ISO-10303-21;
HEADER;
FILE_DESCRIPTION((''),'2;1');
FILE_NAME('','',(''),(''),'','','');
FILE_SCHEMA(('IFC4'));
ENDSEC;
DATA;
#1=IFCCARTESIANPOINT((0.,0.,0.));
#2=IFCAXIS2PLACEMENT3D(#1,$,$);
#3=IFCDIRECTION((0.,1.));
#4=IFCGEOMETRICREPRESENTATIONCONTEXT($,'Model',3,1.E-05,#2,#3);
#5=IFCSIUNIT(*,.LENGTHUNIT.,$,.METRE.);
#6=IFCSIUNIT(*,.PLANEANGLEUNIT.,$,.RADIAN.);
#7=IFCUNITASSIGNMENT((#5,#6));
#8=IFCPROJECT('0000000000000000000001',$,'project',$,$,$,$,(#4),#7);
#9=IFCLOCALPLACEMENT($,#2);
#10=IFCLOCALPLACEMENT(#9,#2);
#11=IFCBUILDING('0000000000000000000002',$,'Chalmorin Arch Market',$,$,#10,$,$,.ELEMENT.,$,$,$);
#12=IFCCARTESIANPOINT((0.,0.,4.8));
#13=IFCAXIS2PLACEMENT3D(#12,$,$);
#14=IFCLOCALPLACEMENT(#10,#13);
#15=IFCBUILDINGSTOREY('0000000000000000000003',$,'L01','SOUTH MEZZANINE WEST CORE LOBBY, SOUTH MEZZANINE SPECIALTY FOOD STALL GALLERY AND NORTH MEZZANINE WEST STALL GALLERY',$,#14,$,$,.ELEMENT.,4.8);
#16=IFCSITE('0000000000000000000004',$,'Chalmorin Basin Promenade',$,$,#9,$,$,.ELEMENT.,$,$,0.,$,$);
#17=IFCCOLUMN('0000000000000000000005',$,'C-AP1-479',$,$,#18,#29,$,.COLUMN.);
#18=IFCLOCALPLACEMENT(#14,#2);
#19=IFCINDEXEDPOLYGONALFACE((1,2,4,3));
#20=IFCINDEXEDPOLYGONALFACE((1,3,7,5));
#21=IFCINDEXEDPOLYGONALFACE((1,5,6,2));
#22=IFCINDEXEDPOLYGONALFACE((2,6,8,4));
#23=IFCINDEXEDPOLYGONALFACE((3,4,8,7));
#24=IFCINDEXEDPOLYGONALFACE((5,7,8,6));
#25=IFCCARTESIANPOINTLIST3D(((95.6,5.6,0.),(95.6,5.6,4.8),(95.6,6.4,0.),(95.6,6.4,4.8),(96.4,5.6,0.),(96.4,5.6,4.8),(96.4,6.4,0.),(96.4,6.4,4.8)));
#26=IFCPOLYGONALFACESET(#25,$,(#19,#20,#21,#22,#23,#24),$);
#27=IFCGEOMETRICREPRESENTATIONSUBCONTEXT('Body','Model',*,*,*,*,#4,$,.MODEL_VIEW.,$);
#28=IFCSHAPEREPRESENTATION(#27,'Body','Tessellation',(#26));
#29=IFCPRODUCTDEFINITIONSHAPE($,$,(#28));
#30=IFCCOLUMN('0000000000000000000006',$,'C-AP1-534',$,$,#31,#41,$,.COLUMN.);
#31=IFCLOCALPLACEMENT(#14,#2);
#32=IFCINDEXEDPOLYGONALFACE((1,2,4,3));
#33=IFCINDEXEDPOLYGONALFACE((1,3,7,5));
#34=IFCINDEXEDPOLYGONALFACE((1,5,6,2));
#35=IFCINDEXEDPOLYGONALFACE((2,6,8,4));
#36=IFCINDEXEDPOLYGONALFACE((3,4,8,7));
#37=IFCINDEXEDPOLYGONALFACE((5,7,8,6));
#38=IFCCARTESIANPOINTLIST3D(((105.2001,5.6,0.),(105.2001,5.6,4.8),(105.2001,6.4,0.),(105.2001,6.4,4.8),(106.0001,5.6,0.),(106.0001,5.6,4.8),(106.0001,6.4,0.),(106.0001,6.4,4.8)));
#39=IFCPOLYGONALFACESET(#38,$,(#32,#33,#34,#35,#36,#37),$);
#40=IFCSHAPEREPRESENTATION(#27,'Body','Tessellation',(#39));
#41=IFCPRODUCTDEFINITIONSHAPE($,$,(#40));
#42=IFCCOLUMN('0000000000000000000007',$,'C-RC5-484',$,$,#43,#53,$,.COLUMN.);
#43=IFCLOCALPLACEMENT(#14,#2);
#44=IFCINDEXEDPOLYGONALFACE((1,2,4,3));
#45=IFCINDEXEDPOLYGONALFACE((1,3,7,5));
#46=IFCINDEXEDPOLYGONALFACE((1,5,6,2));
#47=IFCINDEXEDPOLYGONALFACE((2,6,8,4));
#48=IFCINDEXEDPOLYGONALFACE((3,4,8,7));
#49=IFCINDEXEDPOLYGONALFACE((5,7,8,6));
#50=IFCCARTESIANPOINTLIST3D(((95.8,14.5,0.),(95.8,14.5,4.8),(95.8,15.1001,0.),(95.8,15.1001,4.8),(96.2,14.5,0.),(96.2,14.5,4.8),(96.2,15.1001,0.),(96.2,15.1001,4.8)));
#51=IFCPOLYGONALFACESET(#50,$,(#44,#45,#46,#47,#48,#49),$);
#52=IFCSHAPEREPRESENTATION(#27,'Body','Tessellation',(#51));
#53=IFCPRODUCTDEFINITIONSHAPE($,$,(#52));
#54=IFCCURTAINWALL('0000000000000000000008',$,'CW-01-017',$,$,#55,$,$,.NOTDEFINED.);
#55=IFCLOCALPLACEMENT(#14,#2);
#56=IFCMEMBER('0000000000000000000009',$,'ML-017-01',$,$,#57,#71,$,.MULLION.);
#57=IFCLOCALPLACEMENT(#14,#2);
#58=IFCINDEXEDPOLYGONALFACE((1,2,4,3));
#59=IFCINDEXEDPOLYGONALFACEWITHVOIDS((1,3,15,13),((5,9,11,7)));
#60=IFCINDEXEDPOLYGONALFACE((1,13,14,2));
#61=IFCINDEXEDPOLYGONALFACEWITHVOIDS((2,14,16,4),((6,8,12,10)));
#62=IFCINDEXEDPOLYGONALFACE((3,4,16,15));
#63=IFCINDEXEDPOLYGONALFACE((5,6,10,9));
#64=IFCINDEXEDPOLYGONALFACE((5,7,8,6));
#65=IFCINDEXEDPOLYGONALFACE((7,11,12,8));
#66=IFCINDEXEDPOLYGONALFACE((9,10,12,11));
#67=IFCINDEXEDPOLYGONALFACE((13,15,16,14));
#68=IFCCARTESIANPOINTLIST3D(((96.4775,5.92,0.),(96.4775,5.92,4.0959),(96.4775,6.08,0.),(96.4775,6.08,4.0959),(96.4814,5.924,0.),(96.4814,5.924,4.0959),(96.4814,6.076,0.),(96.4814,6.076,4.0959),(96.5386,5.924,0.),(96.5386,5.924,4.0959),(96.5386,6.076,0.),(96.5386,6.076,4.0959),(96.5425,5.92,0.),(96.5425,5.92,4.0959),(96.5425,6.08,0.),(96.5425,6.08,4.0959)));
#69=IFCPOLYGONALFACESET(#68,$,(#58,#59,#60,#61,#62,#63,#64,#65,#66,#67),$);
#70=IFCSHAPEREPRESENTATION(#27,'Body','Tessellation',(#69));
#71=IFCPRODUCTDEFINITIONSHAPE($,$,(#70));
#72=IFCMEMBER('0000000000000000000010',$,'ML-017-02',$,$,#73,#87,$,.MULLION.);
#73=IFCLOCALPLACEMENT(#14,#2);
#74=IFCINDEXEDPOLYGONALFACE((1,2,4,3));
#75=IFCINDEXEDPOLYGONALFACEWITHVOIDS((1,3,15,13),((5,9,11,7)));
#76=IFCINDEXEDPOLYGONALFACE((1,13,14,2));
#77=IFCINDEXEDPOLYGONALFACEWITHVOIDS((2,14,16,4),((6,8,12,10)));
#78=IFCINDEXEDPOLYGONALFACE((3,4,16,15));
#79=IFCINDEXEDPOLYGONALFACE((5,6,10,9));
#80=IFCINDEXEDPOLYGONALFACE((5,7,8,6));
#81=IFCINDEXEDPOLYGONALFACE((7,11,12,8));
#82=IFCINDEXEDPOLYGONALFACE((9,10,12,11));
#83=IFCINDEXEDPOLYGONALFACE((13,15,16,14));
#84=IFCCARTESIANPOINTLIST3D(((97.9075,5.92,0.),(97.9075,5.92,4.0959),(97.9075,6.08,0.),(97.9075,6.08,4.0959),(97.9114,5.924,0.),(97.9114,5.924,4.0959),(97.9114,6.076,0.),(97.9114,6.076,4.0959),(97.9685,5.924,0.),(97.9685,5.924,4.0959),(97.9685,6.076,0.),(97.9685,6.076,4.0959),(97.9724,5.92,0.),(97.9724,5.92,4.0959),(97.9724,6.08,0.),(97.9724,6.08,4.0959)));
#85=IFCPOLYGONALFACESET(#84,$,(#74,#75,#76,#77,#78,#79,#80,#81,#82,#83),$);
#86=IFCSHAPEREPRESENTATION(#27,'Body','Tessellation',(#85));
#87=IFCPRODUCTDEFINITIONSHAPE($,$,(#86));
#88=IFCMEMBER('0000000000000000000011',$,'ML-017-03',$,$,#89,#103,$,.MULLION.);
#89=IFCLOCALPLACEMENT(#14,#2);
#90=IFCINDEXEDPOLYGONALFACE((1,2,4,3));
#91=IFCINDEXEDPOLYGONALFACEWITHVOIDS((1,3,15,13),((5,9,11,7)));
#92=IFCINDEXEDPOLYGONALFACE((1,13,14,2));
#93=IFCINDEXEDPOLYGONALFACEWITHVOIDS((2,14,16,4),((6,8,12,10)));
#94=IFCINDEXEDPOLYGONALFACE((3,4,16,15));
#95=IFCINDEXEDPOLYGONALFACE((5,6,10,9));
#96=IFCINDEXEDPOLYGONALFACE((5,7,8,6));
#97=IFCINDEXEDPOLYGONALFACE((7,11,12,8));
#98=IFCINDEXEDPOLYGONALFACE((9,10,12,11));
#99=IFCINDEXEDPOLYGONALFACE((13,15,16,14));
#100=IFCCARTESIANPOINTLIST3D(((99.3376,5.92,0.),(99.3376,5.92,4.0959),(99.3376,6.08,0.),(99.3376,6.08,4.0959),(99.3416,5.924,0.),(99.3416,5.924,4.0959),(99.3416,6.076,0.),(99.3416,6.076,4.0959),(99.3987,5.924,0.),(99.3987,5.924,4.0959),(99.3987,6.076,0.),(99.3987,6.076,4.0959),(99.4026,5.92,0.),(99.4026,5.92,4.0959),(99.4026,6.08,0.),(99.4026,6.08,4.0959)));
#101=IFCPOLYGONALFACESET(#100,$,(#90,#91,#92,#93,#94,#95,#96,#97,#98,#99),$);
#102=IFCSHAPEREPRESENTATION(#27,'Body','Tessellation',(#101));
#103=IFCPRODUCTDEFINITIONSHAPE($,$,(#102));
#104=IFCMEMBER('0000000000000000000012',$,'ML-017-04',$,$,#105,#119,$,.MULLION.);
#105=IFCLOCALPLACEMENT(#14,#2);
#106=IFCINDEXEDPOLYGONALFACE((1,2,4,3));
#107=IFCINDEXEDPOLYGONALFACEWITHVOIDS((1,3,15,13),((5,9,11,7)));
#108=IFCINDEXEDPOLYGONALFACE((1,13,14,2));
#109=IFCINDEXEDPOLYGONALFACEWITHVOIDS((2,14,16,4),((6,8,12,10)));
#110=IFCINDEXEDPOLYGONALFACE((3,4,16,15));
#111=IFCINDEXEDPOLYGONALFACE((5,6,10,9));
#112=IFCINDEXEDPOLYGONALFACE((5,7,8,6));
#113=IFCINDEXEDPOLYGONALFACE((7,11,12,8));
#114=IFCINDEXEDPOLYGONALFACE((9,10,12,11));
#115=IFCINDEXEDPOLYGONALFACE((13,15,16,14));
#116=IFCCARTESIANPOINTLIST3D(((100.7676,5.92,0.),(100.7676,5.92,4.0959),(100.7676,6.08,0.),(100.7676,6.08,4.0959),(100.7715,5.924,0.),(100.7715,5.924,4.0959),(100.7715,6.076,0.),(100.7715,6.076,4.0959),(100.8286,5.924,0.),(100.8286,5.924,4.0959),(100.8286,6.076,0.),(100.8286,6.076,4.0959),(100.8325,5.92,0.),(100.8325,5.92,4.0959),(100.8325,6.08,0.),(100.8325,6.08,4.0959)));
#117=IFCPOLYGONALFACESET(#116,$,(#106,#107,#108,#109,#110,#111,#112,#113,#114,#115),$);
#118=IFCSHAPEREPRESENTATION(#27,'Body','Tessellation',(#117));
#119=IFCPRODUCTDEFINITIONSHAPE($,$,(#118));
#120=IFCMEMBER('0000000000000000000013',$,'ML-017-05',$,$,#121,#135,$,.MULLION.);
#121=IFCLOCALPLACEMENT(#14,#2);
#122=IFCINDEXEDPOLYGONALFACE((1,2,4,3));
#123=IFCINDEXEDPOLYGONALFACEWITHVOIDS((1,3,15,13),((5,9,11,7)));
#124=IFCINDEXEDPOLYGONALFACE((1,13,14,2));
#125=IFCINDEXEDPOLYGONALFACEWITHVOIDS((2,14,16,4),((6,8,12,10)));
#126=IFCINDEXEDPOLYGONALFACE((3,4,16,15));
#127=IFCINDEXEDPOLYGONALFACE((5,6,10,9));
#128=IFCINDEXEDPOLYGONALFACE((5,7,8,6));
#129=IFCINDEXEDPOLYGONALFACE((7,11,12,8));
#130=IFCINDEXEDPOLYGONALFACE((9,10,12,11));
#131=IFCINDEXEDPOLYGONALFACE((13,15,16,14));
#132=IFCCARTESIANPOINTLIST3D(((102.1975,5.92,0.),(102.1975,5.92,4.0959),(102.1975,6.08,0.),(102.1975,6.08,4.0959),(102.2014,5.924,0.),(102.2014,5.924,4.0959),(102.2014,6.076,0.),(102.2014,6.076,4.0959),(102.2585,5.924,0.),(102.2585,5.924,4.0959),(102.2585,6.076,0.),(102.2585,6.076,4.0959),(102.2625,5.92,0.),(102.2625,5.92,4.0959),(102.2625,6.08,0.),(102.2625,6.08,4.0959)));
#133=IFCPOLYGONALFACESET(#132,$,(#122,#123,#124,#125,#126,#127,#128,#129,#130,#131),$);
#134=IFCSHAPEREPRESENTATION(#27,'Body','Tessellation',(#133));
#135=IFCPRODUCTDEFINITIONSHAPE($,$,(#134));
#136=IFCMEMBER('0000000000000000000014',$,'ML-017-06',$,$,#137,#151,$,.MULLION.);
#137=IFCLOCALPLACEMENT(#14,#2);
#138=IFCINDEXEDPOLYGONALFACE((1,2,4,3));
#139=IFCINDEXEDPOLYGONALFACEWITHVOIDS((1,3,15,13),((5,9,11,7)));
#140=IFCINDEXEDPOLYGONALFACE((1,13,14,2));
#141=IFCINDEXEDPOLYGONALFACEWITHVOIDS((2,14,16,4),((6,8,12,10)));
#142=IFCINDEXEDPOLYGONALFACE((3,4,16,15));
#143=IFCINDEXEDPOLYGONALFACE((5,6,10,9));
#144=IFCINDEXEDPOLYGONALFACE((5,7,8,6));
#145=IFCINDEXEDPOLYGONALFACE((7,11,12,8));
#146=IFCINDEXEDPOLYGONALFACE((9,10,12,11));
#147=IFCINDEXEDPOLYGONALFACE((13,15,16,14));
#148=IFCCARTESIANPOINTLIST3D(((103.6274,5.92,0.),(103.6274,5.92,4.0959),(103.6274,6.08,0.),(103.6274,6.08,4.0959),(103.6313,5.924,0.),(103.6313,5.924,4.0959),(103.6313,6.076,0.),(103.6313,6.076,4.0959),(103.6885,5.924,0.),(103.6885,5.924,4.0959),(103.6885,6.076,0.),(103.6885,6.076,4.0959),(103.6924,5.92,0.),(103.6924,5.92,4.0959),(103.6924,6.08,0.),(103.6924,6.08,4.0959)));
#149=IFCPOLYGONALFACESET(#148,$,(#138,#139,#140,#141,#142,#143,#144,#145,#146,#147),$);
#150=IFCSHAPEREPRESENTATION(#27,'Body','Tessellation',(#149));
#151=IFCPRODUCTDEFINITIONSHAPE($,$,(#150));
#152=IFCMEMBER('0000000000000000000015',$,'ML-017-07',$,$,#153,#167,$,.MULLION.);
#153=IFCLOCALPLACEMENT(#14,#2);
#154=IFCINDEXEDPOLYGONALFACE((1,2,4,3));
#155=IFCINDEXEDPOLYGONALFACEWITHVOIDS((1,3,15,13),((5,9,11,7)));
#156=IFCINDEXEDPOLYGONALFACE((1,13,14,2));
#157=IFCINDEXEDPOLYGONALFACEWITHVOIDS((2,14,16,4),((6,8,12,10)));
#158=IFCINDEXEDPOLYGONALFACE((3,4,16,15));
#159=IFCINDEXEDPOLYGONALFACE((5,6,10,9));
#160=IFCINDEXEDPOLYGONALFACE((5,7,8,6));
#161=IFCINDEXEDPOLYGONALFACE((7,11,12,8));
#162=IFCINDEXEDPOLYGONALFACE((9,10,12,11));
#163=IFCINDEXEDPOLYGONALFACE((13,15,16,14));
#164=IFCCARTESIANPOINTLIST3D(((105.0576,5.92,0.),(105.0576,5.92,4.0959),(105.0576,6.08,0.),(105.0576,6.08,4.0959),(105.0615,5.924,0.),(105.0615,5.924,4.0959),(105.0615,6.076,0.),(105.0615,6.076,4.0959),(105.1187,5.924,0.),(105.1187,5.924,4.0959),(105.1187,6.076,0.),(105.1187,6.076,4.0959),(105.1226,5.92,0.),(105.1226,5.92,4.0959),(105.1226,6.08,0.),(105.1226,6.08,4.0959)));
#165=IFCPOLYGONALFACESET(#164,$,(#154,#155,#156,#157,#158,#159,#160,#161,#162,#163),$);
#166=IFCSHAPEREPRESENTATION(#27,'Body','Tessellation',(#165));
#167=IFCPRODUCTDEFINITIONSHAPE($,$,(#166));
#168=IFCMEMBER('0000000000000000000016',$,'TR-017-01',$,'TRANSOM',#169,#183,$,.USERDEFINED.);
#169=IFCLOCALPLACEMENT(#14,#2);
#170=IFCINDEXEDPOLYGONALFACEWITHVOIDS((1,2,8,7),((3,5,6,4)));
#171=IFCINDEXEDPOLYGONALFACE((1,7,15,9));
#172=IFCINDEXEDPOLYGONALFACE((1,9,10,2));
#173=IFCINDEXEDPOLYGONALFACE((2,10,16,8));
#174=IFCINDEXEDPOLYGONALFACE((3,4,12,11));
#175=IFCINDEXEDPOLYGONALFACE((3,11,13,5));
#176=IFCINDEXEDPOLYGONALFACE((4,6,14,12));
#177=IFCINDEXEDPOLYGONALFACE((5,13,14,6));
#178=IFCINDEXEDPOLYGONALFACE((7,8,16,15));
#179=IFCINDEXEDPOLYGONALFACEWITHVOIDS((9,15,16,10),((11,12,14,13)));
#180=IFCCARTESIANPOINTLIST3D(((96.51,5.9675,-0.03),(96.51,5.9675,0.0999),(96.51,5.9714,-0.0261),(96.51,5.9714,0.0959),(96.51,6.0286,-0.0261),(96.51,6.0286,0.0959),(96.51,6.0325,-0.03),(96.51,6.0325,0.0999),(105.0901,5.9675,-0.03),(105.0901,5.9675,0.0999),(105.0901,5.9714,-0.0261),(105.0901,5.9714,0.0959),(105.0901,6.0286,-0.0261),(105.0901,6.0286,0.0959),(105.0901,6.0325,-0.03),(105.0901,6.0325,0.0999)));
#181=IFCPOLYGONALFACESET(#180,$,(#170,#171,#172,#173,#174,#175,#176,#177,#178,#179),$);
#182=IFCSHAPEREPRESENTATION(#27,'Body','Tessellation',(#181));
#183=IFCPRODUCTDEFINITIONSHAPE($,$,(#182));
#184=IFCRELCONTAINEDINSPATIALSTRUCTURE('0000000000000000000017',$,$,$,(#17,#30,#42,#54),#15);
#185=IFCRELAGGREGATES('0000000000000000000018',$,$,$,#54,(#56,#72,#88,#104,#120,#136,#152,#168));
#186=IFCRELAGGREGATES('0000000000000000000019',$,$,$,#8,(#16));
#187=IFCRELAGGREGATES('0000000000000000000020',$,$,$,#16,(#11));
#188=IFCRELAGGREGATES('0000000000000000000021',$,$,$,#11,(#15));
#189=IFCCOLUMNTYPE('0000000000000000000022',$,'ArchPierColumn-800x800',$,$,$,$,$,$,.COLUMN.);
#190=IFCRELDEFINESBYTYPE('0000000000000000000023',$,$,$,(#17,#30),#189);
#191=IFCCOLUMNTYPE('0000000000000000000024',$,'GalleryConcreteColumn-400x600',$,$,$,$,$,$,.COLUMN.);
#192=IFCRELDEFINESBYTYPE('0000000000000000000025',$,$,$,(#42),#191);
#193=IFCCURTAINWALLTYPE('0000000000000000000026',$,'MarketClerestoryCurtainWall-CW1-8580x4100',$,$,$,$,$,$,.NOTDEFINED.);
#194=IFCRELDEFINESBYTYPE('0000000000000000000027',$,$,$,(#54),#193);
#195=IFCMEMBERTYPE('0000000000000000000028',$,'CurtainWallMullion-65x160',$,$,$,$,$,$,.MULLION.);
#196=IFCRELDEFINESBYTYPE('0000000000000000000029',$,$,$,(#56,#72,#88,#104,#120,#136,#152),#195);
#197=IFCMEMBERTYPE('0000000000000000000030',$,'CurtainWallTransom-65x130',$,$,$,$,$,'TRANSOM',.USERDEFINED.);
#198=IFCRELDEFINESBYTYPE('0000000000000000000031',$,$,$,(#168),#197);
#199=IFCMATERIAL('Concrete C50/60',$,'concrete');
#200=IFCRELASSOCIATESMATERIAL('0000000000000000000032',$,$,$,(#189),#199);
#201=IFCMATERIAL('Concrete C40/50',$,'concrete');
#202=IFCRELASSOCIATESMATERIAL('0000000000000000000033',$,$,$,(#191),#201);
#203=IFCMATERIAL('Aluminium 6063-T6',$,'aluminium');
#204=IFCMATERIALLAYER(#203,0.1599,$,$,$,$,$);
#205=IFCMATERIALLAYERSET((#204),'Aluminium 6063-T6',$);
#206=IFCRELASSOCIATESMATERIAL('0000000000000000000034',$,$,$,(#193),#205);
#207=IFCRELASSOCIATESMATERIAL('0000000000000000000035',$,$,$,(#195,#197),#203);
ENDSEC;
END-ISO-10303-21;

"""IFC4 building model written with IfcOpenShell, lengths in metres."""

from ifc_helpers import new_model, si_unit, direction, frame, origin, origin_2d, place, context, subcontext, project, spatial, rectangle, hollow_rectangle, extrude, material, layer, layer_set, material_profile, profile_set, type_object, element, aggregate, save


model = new_model("IFC4")

# Units and contexts
model_context = context("Model", 3, precision=1e-05, world=origin(), true_north=direction((0.0, 1.0)))
body_context = subcontext(model_context, "Body", "Model", "MODEL_VIEW")
ifc_project = project(units=[si_unit("LENGTHUNIT", "METRE"), si_unit("PLANEANGLEUNIT", "RADIAN")], contexts=[model_context])

# Site, building, storey
site_placement = place(None, origin())
site = spatial("IfcSite", under=ifc_project, at=site_placement, Name="Chalmorin Basin Promenade", CompositionType="ELEMENT", RefElevation=0.0)
building_placement = place(site_placement, origin())
building = spatial("IfcBuilding", under=site, at=building_placement, Name="Chalmorin Arch Market", CompositionType="ELEMENT")
storey_placement = place(building_placement, frame((0.0, 0.0, 4.8)))
storey = spatial("IfcBuildingStorey", under=building, at=storey_placement, Name="L01", Description="SOUTH MEZZANINE WEST CORE LOBBY, SOUTH MEZZANINE SPECIALTY FOOD STALL GALLERY AND NORTH MEZZANINE WEST STALL GALLERY", CompositionType="ELEMENT", Elevation=4.8)

# Columns
ifc_material_1 = material(Name="Concrete C50/60", Category="concrete")
ifc_material_profile_1 = material_profile(ifc_material_1, rectangle(XDim=0.8, YDim=0.8, at=origin_2d()), Name="RC800X800")
ifc_profile_set_1 = profile_set([ifc_material_profile_1], Name="Concrete C50/60")
column_type_1 = type_object("IfcColumnType", Name="ArchPierColumn-800x800", PredefinedType="COLUMN", material=ifc_profile_set_1)
for number, where, z_axis, x_axis, name in (
    (1, (96.0, 6.0, 0.0), (0.0, 0.0, 1.0), (1.0, 0.0, 0.0), "C-AP1-479"),
    (2, (105.6001, 6.0, 0.0), (0.0, 0.0, 1.0), (1.0, 0.0, 0.0), "C-AP1-534"),
):
    element("IfcColumn", number, at=place(storey_placement, frame(where, z_axis=z_axis, x_axis=x_axis)), inside=storey, type_object=column_type_1, Name=name, PredefinedType="COLUMN", context=body_context, shape_type="SweptSolid", body=[
        extrude(rectangle(XDim=0.8, YDim=0.8, at=origin_2d()), origin(), (0.0, 0.0, 1.0), 4.8),
    ])
ifc_material_2 = material(Name="Concrete C40/50", Category="concrete")
ifc_material_profile_2 = material_profile(ifc_material_2, rectangle(XDim=0.3999, YDim=0.6001, at=origin_2d()), Name="RC400X600")
ifc_profile_set_2 = profile_set([ifc_material_profile_2], Name="Concrete C40/50")
column_type_2 = type_object("IfcColumnType", Name="GalleryConcreteColumn-400x600", PredefinedType="COLUMN", material=ifc_profile_set_2)
column_placement = place(storey_placement, frame((96.0, 14.8, 0.0), z_axis=(0.0, 0.0, 1.0), x_axis=(1.0, 0.0, 0.0)))
element("IfcColumn", 3, at=column_placement, inside=storey, type_object=column_type_2, Name="C-RC5-484", PredefinedType="COLUMN", context=body_context, shape_type="SweptSolid", body=[
    extrude(rectangle(XDim=0.3999, YDim=0.6001, at=origin_2d()), origin(), (0.0, 0.0, 1.0), 4.8),
])

# Curtain wall, members
ifc_material_3 = material(Name="Aluminium 6063-T6", Category="aluminium")
ifc_layer_1 = layer(ifc_material_3, 0.1599)
ifc_layer_set_1 = layer_set([ifc_layer_1], Name="Aluminium 6063-T6")
curtain_wall_type = type_object("IfcCurtainWallType", Name="MarketClerestoryCurtainWall-CW1-8580x4100", PredefinedType="NOTDEFINED", material=ifc_layer_set_1)
curtain_wall_placement = place(storey_placement, origin())
curtain_wall = element("IfcCurtainWall", 4, at=curtain_wall_placement, inside=storey, type_object=curtain_wall_type, Name="CW-01-017", PredefinedType="NOTDEFINED")
ifc_material_profile_3 = material_profile(ifc_material_3, hollow_rectangle(XDim=0.0649, YDim=0.1599, WallThickness=0.0039, at=origin_2d()), Name="ALU65X160X4")
ifc_profile_set_3 = profile_set([ifc_material_profile_3], Name="Aluminium 6063-T6")
member_type_1 = type_object("IfcMemberType", Name="CurtainWallMullion-65x160", PredefinedType="MULLION", material=ifc_profile_set_3)
member_1_placement = place(storey_placement, frame((96.51, 6.0, 0.0), z_axis=(0.0, 0.0, 1.0), x_axis=(1.0, 0.0, 0.0)))
member_1 = element("IfcMember", 5, at=member_1_placement, type_object=member_type_1, Name="ML-017-01", PredefinedType="MULLION", context=body_context, shape_type="SweptSolid", body=[
    extrude(hollow_rectangle(XDim=0.0649, YDim=0.1599, WallThickness=0.0039, at=origin_2d()), origin(), (0.0, 0.0, 1.0), 4.0959),
])
member_2_placement = place(storey_placement, frame((97.9399, 6.0, 0.0), z_axis=(0.0, 0.0, 1.0), x_axis=(1.0, 0.0, 0.0)))
member_2 = element("IfcMember", 6, at=member_2_placement, type_object=member_type_1, Name="ML-017-02", PredefinedType="MULLION", context=body_context, shape_type="SweptSolid", body=[
    extrude(hollow_rectangle(XDim=0.0649, YDim=0.1599, WallThickness=0.0039, at=origin_2d()), origin(), (0.0, 0.0, 1.0), 4.0959),
])
member_3_placement = place(storey_placement, frame((99.3701, 6.0, 0.0), z_axis=(0.0, 0.0, 1.0), x_axis=(1.0, 0.0, 0.0)))
member_3 = element("IfcMember", 7, at=member_3_placement, type_object=member_type_1, Name="ML-017-03", PredefinedType="MULLION", context=body_context, shape_type="SweptSolid", body=[
    extrude(hollow_rectangle(XDim=0.0649, YDim=0.1599, WallThickness=0.0039, at=origin_2d()), origin(), (0.0, 0.0, 1.0), 4.0959),
])
member_4_placement = place(storey_placement, frame((100.8, 6.0, 0.0), z_axis=(0.0, 0.0, 1.0), x_axis=(1.0, 0.0, 0.0)))
member_4 = element("IfcMember", 8, at=member_4_placement, type_object=member_type_1, Name="ML-017-04", PredefinedType="MULLION", context=body_context, shape_type="SweptSolid", body=[
    extrude(hollow_rectangle(XDim=0.0649, YDim=0.1599, WallThickness=0.0039, at=origin_2d()), origin(), (0.0, 0.0, 1.0), 4.0959),
])
member_5_placement = place(storey_placement, frame((102.23, 6.0, 0.0), z_axis=(0.0, 0.0, 1.0), x_axis=(1.0, 0.0, 0.0)))
member_5 = element("IfcMember", 9, at=member_5_placement, type_object=member_type_1, Name="ML-017-05", PredefinedType="MULLION", context=body_context, shape_type="SweptSolid", body=[
    extrude(hollow_rectangle(XDim=0.0649, YDim=0.1599, WallThickness=0.0039, at=origin_2d()), origin(), (0.0, 0.0, 1.0), 4.0959),
])
member_6_placement = place(storey_placement, frame((103.6599, 6.0, 0.0), z_axis=(0.0, 0.0, 1.0), x_axis=(1.0, 0.0, 0.0)))
member_6 = element("IfcMember", 10, at=member_6_placement, type_object=member_type_1, Name="ML-017-06", PredefinedType="MULLION", context=body_context, shape_type="SweptSolid", body=[
    extrude(hollow_rectangle(XDim=0.0649, YDim=0.1599, WallThickness=0.0039, at=origin_2d()), origin(), (0.0, 0.0, 1.0), 4.0959),
])
member_7_placement = place(storey_placement, frame((105.0901, 6.0, 0.0), z_axis=(0.0, 0.0, 1.0), x_axis=(1.0, 0.0, 0.0)))
member_7 = element("IfcMember", 11, at=member_7_placement, type_object=member_type_1, Name="ML-017-07", PredefinedType="MULLION", context=body_context, shape_type="SweptSolid", body=[
    extrude(hollow_rectangle(XDim=0.0649, YDim=0.1599, WallThickness=0.0039, at=origin_2d()), origin(), (0.0, 0.0, 1.0), 4.0959),
])
ifc_material_profile_4 = material_profile(ifc_material_3, hollow_rectangle(XDim=0.0649, YDim=0.1299, WallThickness=0.0039, at=origin_2d()), Name="ALU65X130X4")
ifc_profile_set_4 = profile_set([ifc_material_profile_4], Name="Aluminium 6063-T6")
member_type_2 = type_object("IfcMemberType", Name="CurtainWallTransom-65x130", ElementType="TRANSOM", PredefinedType="USERDEFINED", material=ifc_profile_set_4)
member_8_placement = place(storey_placement, frame((96.51, 6.0, 0.0349), z_axis=(1.0, 0.0, 0.0), x_axis=(0.0, 1.0, 0.0)))
member_8 = element("IfcMember", 12, at=member_8_placement, type_object=member_type_2, Name="TR-017-01", ObjectType="TRANSOM", PredefinedType="USERDEFINED", context=body_context, shape_type="SweptSolid", body=[
    extrude(hollow_rectangle(XDim=0.0649, YDim=0.1299, WallThickness=0.0039, at=origin_2d()), origin(), (0.0, 0.0, 1.0), 8.5801),
])

aggregate(curtain_wall, [member_1, member_2, member_3, member_4, member_5, member_6, member_7, member_8])

save(model, "model.ifc")
